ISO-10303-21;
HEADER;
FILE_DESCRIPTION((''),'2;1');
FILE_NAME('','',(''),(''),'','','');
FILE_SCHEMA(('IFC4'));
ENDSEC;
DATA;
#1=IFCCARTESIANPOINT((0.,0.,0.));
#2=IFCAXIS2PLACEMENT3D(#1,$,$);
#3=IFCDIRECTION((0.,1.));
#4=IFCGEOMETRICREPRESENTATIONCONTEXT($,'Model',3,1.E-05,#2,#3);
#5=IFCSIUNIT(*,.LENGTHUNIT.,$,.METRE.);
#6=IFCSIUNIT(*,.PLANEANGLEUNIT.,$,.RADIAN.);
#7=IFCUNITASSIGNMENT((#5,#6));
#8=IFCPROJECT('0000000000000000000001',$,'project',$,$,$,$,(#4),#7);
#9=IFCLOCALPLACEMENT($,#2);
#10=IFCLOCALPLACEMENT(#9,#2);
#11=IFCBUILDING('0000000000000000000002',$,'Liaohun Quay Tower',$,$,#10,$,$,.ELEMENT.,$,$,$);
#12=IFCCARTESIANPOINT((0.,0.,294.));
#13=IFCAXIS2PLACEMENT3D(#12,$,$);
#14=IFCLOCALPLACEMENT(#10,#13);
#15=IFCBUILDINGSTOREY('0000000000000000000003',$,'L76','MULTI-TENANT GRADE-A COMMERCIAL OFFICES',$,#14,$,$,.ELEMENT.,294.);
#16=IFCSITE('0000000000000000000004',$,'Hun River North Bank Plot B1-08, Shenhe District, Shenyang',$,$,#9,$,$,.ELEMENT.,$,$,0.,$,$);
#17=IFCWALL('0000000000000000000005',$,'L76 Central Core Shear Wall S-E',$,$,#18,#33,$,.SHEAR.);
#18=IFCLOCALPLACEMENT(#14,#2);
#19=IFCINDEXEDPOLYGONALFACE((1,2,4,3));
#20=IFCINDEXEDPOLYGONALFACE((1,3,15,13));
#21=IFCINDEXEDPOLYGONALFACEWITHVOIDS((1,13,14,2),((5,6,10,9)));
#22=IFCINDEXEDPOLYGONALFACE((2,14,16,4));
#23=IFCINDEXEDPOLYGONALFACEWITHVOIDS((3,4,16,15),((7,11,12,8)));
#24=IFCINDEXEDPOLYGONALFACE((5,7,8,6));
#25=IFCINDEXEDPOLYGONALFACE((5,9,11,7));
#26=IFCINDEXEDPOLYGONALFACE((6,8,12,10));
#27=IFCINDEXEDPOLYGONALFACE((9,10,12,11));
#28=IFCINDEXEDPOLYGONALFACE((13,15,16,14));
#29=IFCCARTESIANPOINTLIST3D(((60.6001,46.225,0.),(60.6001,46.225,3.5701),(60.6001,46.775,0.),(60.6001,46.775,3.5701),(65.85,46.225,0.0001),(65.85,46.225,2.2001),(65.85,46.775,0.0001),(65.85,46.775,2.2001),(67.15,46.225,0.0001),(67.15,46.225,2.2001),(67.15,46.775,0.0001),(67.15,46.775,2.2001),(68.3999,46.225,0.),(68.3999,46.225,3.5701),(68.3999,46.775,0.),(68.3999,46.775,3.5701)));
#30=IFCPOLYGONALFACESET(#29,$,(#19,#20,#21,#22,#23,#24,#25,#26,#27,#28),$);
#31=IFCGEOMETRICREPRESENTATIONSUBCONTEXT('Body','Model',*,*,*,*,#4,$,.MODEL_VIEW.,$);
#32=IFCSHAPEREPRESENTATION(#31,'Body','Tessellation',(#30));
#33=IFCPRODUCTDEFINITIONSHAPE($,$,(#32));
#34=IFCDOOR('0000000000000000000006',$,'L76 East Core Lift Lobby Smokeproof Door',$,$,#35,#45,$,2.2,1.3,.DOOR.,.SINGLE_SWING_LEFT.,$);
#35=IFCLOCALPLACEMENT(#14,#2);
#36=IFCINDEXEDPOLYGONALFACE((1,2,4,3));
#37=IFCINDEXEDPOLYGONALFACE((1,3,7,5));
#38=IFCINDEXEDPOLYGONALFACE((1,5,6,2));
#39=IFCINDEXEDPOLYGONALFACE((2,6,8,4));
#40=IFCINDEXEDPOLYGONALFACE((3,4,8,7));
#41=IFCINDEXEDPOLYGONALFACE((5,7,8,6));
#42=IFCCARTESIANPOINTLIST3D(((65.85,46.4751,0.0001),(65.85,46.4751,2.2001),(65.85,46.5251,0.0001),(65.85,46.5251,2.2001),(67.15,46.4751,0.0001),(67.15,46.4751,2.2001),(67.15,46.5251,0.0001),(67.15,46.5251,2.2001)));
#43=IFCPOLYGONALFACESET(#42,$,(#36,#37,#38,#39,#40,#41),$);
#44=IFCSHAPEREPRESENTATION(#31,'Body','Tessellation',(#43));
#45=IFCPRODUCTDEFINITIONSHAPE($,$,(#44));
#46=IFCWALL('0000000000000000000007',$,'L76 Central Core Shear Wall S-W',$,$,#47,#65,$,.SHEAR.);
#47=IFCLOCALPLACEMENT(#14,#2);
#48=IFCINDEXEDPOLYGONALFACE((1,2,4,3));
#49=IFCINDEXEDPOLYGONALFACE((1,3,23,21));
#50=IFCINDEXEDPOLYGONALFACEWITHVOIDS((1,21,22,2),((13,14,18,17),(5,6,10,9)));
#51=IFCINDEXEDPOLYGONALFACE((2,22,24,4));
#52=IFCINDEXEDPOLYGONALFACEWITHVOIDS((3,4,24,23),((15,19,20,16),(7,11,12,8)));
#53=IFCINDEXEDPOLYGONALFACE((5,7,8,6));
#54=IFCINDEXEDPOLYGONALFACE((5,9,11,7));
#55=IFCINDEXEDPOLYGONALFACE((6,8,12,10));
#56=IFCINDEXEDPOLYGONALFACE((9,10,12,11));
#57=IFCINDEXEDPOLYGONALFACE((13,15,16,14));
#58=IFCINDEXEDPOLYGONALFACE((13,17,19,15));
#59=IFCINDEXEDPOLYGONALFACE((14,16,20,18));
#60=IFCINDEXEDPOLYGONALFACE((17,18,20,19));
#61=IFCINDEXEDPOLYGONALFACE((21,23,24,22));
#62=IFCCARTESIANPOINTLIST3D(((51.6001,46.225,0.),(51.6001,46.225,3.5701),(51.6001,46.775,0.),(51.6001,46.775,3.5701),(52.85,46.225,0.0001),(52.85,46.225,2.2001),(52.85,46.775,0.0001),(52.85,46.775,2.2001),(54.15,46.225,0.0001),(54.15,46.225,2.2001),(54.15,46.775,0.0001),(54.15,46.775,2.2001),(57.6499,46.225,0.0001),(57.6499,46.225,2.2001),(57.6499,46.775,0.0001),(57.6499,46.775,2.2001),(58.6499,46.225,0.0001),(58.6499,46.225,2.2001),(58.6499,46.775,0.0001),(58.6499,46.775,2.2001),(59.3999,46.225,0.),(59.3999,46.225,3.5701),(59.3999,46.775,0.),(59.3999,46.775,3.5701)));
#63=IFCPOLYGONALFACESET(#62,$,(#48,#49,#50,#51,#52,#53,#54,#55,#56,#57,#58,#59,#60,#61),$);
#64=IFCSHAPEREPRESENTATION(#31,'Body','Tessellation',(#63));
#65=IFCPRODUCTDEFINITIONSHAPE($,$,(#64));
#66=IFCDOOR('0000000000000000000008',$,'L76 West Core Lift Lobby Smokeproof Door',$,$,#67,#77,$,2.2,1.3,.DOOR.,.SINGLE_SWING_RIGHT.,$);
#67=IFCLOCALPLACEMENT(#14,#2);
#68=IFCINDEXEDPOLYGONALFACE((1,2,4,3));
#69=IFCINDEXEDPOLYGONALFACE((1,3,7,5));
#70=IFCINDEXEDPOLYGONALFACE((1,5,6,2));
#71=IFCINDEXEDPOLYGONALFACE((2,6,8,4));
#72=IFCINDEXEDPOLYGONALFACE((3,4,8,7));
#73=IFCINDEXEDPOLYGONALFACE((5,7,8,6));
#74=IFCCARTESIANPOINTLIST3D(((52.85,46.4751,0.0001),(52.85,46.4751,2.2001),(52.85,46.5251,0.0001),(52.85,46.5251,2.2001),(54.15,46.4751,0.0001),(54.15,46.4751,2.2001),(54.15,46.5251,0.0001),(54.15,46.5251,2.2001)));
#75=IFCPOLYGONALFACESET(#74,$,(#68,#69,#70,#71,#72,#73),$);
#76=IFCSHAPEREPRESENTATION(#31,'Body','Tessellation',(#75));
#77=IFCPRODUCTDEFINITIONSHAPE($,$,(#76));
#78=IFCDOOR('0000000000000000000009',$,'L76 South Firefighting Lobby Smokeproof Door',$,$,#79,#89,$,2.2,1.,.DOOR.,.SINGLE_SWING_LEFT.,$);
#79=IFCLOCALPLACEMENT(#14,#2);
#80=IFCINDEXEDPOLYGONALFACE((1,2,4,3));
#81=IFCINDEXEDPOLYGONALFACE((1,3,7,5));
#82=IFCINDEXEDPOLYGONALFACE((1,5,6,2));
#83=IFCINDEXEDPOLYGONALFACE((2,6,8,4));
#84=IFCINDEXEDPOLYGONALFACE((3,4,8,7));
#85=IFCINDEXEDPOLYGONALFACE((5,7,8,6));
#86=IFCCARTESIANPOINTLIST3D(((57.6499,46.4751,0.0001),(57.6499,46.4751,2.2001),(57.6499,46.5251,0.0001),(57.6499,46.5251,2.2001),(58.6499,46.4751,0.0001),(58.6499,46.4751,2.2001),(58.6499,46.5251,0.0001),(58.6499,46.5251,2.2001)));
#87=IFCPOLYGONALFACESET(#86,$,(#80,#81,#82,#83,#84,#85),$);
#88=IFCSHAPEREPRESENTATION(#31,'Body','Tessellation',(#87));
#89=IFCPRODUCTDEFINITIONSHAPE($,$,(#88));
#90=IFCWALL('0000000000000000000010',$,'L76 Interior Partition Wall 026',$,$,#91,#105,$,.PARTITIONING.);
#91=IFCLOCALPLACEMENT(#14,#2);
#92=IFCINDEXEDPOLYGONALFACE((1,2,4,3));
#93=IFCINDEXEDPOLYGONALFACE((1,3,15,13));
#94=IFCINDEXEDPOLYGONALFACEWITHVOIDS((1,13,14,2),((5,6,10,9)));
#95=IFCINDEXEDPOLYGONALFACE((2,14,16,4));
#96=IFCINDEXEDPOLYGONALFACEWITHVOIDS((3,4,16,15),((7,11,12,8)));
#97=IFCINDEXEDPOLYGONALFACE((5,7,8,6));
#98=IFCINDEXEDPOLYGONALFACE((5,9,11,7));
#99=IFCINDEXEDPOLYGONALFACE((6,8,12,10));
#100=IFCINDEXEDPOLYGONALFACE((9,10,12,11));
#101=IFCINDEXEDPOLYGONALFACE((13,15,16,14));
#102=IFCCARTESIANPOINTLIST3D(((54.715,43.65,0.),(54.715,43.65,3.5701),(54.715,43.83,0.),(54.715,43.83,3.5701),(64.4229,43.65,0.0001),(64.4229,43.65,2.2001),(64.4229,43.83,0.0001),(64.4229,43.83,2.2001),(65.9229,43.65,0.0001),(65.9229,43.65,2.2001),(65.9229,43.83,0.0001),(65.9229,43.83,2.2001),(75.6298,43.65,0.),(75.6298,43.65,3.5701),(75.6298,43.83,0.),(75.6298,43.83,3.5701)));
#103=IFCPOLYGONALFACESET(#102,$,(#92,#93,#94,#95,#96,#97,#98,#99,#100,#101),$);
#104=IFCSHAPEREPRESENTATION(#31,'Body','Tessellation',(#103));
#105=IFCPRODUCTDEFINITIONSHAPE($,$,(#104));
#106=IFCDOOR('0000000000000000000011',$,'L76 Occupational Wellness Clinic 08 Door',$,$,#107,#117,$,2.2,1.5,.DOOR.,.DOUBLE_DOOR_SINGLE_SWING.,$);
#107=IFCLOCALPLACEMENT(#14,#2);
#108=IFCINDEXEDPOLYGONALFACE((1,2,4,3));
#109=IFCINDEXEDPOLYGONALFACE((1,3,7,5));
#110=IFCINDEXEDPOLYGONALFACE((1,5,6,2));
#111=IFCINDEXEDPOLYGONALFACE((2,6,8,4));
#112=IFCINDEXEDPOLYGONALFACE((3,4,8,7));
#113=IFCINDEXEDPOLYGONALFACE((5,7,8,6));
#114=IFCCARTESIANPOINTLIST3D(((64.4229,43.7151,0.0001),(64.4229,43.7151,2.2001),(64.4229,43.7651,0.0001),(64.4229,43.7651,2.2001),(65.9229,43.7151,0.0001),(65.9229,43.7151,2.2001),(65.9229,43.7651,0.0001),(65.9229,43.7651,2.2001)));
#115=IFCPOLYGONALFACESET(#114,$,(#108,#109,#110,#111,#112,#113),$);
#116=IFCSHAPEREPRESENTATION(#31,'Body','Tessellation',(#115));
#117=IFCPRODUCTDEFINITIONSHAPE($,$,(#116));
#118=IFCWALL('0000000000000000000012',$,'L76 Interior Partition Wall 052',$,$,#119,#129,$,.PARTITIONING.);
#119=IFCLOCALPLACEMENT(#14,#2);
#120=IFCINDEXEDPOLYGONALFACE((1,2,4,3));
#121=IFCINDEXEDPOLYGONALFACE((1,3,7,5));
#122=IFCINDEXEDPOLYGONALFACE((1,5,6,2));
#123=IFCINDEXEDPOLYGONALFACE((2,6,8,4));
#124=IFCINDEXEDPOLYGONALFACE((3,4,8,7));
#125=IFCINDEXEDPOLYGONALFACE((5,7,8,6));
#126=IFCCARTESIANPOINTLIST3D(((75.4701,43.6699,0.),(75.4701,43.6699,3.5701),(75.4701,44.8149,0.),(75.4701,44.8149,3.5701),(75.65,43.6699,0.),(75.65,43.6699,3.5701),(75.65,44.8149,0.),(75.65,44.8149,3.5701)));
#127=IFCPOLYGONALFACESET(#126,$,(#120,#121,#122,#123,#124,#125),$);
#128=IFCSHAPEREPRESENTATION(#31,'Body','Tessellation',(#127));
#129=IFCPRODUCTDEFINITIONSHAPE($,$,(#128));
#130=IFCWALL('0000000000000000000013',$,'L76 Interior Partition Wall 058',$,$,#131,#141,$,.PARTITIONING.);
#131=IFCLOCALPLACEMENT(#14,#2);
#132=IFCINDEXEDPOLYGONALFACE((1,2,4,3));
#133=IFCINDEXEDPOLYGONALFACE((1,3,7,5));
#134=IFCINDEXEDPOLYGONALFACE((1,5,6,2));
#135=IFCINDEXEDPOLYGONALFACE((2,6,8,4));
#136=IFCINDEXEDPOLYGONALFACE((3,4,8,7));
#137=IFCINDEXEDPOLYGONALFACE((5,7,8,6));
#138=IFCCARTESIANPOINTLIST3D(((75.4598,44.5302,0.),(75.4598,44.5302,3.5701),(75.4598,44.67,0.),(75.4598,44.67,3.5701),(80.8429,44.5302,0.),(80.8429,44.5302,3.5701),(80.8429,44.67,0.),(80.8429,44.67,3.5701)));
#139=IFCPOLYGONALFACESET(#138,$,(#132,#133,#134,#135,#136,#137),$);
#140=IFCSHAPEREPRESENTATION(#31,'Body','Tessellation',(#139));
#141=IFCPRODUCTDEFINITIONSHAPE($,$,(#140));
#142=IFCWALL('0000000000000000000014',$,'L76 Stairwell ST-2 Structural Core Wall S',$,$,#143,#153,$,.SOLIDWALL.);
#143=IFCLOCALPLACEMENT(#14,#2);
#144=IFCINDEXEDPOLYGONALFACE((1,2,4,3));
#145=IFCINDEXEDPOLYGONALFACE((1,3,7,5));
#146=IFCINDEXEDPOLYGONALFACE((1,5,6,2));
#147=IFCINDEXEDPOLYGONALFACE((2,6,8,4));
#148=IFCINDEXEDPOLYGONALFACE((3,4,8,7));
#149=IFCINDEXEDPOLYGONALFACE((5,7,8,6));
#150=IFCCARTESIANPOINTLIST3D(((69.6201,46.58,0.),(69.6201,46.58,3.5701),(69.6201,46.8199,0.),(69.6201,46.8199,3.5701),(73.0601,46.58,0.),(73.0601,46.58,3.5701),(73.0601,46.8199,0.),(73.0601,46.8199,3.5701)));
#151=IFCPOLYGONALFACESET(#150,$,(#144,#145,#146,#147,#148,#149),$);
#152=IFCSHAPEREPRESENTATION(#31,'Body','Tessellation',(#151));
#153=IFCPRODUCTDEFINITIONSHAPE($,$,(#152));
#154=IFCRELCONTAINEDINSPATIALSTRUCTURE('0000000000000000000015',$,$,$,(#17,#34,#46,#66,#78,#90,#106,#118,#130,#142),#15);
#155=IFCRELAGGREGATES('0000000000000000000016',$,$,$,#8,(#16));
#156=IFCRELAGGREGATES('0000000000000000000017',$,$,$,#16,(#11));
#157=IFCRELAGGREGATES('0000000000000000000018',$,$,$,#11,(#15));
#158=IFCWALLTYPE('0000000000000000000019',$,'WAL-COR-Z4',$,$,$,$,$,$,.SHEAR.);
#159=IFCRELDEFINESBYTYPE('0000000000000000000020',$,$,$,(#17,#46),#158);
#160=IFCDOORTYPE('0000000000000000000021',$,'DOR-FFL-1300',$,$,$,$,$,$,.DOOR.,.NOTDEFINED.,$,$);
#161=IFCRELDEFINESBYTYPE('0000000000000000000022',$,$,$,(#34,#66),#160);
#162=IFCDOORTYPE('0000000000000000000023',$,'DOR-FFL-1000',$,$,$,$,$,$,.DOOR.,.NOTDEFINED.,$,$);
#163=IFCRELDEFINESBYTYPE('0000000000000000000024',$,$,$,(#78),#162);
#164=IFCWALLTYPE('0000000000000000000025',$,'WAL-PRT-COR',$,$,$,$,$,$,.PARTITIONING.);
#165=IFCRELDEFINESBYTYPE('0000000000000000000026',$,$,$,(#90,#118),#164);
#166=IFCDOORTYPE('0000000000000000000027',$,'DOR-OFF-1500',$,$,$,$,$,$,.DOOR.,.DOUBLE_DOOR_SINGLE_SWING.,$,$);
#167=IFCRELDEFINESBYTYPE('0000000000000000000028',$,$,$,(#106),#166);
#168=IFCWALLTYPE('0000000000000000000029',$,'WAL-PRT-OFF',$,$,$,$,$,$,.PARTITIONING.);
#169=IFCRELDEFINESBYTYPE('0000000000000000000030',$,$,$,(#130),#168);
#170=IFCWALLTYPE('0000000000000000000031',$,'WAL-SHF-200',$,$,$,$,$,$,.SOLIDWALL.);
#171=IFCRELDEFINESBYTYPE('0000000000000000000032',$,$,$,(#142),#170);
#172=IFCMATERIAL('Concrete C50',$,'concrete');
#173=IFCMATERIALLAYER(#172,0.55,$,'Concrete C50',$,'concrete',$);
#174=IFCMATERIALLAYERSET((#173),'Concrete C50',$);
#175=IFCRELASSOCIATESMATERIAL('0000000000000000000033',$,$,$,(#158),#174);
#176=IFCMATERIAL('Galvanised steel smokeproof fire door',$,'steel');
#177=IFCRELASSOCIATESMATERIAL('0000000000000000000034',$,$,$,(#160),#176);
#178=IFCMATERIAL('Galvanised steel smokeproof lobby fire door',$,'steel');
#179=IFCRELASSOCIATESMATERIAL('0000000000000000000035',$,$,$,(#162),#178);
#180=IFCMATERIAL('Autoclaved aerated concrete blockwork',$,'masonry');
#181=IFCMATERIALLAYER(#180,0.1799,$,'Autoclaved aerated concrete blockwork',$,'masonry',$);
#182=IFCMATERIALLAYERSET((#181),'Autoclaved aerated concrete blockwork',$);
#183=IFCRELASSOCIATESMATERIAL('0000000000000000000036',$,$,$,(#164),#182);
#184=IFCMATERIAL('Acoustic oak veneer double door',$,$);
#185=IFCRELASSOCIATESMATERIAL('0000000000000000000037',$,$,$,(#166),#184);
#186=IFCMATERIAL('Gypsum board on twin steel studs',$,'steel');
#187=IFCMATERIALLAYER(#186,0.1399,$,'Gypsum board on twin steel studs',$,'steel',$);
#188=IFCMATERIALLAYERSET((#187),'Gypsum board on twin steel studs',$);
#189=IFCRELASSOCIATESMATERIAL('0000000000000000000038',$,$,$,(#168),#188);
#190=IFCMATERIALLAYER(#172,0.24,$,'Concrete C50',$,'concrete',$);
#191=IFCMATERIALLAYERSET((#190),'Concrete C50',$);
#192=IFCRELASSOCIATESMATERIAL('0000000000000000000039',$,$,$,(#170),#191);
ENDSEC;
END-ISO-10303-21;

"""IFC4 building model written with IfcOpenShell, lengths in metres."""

from ifc_helpers import new_model, si_unit, direction, frame, frame_2d, origin, place, context, subcontext, project, spatial, rectangle, extrude, source, transform, mapped, material, layer, layer_set, type_object, element, fill, save


model = new_model("IFC4")

# Units and contexts
model_context = context("Model", 3, precision=1e-05, world=origin(), true_north=direction((0.0, 1.0)))
body_context = subcontext(model_context, "Body", "Model", "MODEL_VIEW")
ifc_project = project(units=[si_unit("LENGTHUNIT", "METRE"), si_unit("PLANEANGLEUNIT", "RADIAN")], contexts=[model_context])

# Site, building, storey
site_placement = place(None, origin())
site = spatial("IfcSite", under=ifc_project, at=site_placement, Name="Hun River North Bank Plot B1-08, Shenhe District, Shenyang", CompositionType="ELEMENT", RefElevation=0.0)
building_placement = place(site_placement, origin())
building = spatial("IfcBuilding", under=site, at=building_placement, Name="Liaohun Quay Tower", CompositionType="ELEMENT")
storey_placement = place(building_placement, frame((0.0, 0.0, 294.0)))
storey = spatial("IfcBuildingStorey", under=building, at=storey_placement, Name="L76", Description="MULTI-TENANT GRADE-A COMMERCIAL OFFICES", CompositionType="ELEMENT", Elevation=294.0)

# Shared definitions
ifc_material_1 = material(Name="Concrete C50", Category="concrete")

# Wall, opening, door
ifc_layer_1 = layer(ifc_material_1, 0.55, Name="Concrete C50", Category="concrete")
ifc_layer_set_1 = layer_set([ifc_layer_1], Name="Concrete C50")
wall_type_1 = type_object("IfcWallType", Name="WAL-COR-Z4", PredefinedType="SHEAR", material=ifc_layer_set_1)
wall_1_placement = place(storey_placement, frame((68.3999, 46.5, 0.0), z_axis=(0.0, 0.0, 1.0), x_axis=(-1.0, 0.0, 0.0)))
wall_1 = element("IfcWall", 1, at=wall_1_placement, inside=storey, type_object=wall_type_1, Name="L76 Central Core Shear Wall S-E", PredefinedType="SHEAR", context=body_context, shape_type="SweptSolid", body=[
    extrude(rectangle(XDim=7.7998, YDim=0.55, at=frame_2d((3.8999, 0.0))), origin(), (0.0, 0.0, 1.0), 3.5701),
])
shared_shape_1 = source(origin(), body_context, "Body", "SweptSolid", [
    extrude(rectangle(XDim=1.3, YDim=2.2, at=frame_2d((0.6499, 1.1001))), frame((0.0, 0.2849, 0.0), z_axis=(0.0, -1.0, 0.0), x_axis=(1.0, 0.0, 0.0)), (0.0, 0.0, 1.0), 0.5701),
])
opening_1_placement = place(wall_1_placement, frame((1.25, 0.0, 0.0)))
opening_1 = element("IfcOpeningElement", 2, at=opening_1_placement, cuts=wall_1, PredefinedType="OPENING", context=body_context, shape_type="MappedRepresentation", body=[
    mapped(shared_shape_1, transform((0.0, 0.0, 0.0), x_axis=(1.0, 0.0, 0.0), y_axis=(0.0, 1.0, 0.0), z_axis=(0.0, 0.0, 1.0), scale=1.0)),
])
ifc_material_2 = material(Name="Galvanised steel smokeproof fire door", Category="steel")
door_type_1 = type_object("IfcDoorType", Name="DOR-FFL-1300", OperationType="NOTDEFINED", PredefinedType="DOOR", material=ifc_material_2)
shared_shape_2 = source(origin(), body_context, "Body", "SweptSolid", [
    extrude(rectangle(XDim=1.3, YDim=2.2, at=frame_2d((0.6499, 1.1001))), frame((0.0, 0.0249, 0.0), z_axis=(0.0, -1.0, 0.0), x_axis=(1.0, 0.0, 0.0)), (0.0, 0.0, 1.0), 0.05),
])
door_1_placement = place(opening_1_placement, origin())
door_1 = element("IfcDoor", 3, at=door_1_placement, inside=storey, type_object=door_type_1, Name="L76 East Core Lift Lobby Smokeproof Door", OperationType="SINGLE_SWING_LEFT", OverallHeight=2.2, OverallWidth=1.3, PredefinedType="DOOR", context=body_context, shape_type="MappedRepresentation", body=[
    mapped(shared_shape_2, transform((0.0, 0.0, 0.0), x_axis=(1.0, 0.0, 0.0), y_axis=(0.0, 1.0, 0.0), z_axis=(0.0, 0.0, 1.0), scale=1.0)),
])
fill(opening_1, door_1)

# Wall, openings, doors
wall_2_placement = place(storey_placement, frame((59.3999, 46.5, 0.0), z_axis=(0.0, 0.0, 1.0), x_axis=(-1.0, 0.0, 0.0)))
wall_2 = element("IfcWall", 4, at=wall_2_placement, inside=storey, type_object=wall_type_1, Name="L76 Central Core Shear Wall S-W", PredefinedType="SHEAR", context=body_context, shape_type="SweptSolid", body=[
    extrude(rectangle(XDim=7.7998, YDim=0.55, at=frame_2d((3.8999, 0.0))), origin(), (0.0, 0.0, 1.0), 3.5701),
])
opening_2_placement = place(wall_2_placement, frame((5.25, 0.0, 0.0)))
opening_2 = element("IfcOpeningElement", 5, at=opening_2_placement, cuts=wall_2, PredefinedType="OPENING", context=body_context, shape_type="MappedRepresentation", body=[
    mapped(shared_shape_1, transform((0.0, 0.0, 0.0), x_axis=(1.0, 0.0, 0.0), y_axis=(0.0, 1.0, 0.0), z_axis=(0.0, 0.0, 1.0), scale=1.0)),
])
shared_shape_3 = source(origin(), body_context, "Body", "SweptSolid", [
    extrude(rectangle(XDim=1.0, YDim=2.2, at=frame_2d((0.5, 1.1001))), frame((0.0, 0.2849, 0.0), z_axis=(0.0, -1.0, 0.0), x_axis=(1.0, 0.0, 0.0)), (0.0, 0.0, 1.0), 0.5701),
])
opening_3_placement = place(wall_2_placement, frame((0.75, 0.0, 0.0)))
opening_3 = element("IfcOpeningElement", 6, at=opening_3_placement, cuts=wall_2, PredefinedType="OPENING", context=body_context, shape_type="MappedRepresentation", body=[
    mapped(shared_shape_3, transform((0.0, 0.0, 0.0), x_axis=(1.0, 0.0, 0.0), y_axis=(0.0, 1.0, 0.0), z_axis=(0.0, 0.0, 1.0), scale=1.0)),
])
door_2_placement = place(opening_2_placement, origin())
door_2 = element("IfcDoor", 7, at=door_2_placement, inside=storey, type_object=door_type_1, Name="L76 West Core Lift Lobby Smokeproof Door", OperationType="SINGLE_SWING_RIGHT", OverallHeight=2.2, OverallWidth=1.3, PredefinedType="DOOR", context=body_context, shape_type="MappedRepresentation", body=[
    mapped(shared_shape_2, transform((0.0, 0.0, 0.0), x_axis=(1.0, 0.0, 0.0), y_axis=(0.0, 1.0, 0.0), z_axis=(0.0, 0.0, 1.0), scale=1.0)),
])
fill(opening_2, door_2)
ifc_material_3 = material(Name="Galvanised steel smokeproof lobby fire door", Category="steel")
door_type_2 = type_object("IfcDoorType", Name="DOR-FFL-1000", OperationType="NOTDEFINED", PredefinedType="DOOR", material=ifc_material_3)
shared_shape_4 = source(origin(), body_context, "Body", "SweptSolid", [
    extrude(rectangle(XDim=1.0, YDim=2.2, at=frame_2d((0.5, 1.1001))), frame((0.0, 0.0249, 0.0), z_axis=(0.0, -1.0, 0.0), x_axis=(1.0, 0.0, 0.0)), (0.0, 0.0, 1.0), 0.05),
])
door_3_placement = place(opening_3_placement, origin())
door_3 = element("IfcDoor", 8, at=door_3_placement, inside=storey, type_object=door_type_2, Name="L76 South Firefighting Lobby Smokeproof Door", OperationType="SINGLE_SWING_LEFT", OverallHeight=2.2, OverallWidth=1.0, PredefinedType="DOOR", context=body_context, shape_type="MappedRepresentation", body=[
    mapped(shared_shape_4, transform((0.0, 0.0, 0.0), x_axis=(1.0, 0.0, 0.0), y_axis=(0.0, 1.0, 0.0), z_axis=(0.0, 0.0, 1.0), scale=1.0)),
])
fill(opening_3, door_3)

# Wall, opening, door
ifc_material_4 = material(Name="Autoclaved aerated concrete blockwork", Category="masonry")
ifc_layer_2 = layer(ifc_material_4, 0.1799, Name="Autoclaved aerated concrete blockwork", Category="masonry")
ifc_layer_set_2 = layer_set([ifc_layer_2], Name="Autoclaved aerated concrete blockwork")
wall_type_2 = type_object("IfcWallType", Name="WAL-PRT-COR", PredefinedType="PARTITIONING", material=ifc_layer_set_2)
wall_3_placement = place(storey_placement, frame((75.6299, 43.74, 0.0), z_axis=(0.0, 0.0, 1.0), x_axis=(-1.0, 0.0, 0.0)))
wall_3 = element("IfcWall", 9, at=wall_3_placement, inside=storey, type_object=wall_type_2, Name="L76 Interior Partition Wall 026", PredefinedType="PARTITIONING", context=body_context, shape_type="SweptSolid", body=[
    extrude(rectangle(XDim=20.9148, YDim=0.1799, at=frame_2d((10.4575, 0.0))), origin(), (0.0, 0.0, 1.0), 3.5701),
])
shared_shape_5 = source(origin(), body_context, "Body", "SweptSolid", [
    extrude(rectangle(XDim=1.5, YDim=2.2, at=frame_2d((0.75, 1.1001))), frame((0.0, 0.0999, 0.0), z_axis=(0.0, -1.0, 0.0), x_axis=(1.0, 0.0, 0.0)), (0.0, 0.0, 1.0), 0.2),
])
opening_4_placement = place(wall_3_placement, frame((9.707, 0.0, 0.0)))
opening_4 = element("IfcOpeningElement", 10, at=opening_4_placement, cuts=wall_3, PredefinedType="OPENING", context=body_context, shape_type="MappedRepresentation", body=[
    mapped(shared_shape_5, transform((0.0, 0.0, 0.0), x_axis=(1.0, 0.0, 0.0), y_axis=(0.0, 1.0, 0.0), z_axis=(0.0, 0.0, 1.0), scale=1.0)),
])
ifc_material_5 = material(Name="Acoustic oak veneer double door")
door_type_3 = type_object("IfcDoorType", Name="DOR-OFF-1500", OperationType="DOUBLE_DOOR_SINGLE_SWING", PredefinedType="DOOR", material=ifc_material_5)
shared_shape_6 = source(origin(), body_context, "Body", "SweptSolid", [
    extrude(rectangle(XDim=1.5, YDim=2.2, at=frame_2d((0.75, 1.1001))), frame((0.0, 0.0249, 0.0), z_axis=(0.0, -1.0, 0.0), x_axis=(1.0, 0.0, 0.0)), (0.0, 0.0, 1.0), 0.05),
])
door_4_placement = place(opening_4_placement, origin())
door_4 = element("IfcDoor", 11, at=door_4_placement, inside=storey, type_object=door_type_3, Name="L76 Occupational Wellness Clinic 08 Door", OperationType="DOUBLE_DOOR_SINGLE_SWING", OverallHeight=2.2, OverallWidth=1.5, PredefinedType="DOOR", context=body_context, shape_type="MappedRepresentation", body=[
    mapped(shared_shape_6, transform((0.0, 0.0, 0.0), x_axis=(1.0, 0.0, 0.0), y_axis=(0.0, 1.0, 0.0), z_axis=(0.0, 0.0, 1.0), scale=1.0)),
])
fill(opening_4, door_4)

# Walls
wall_4_placement = place(storey_placement, frame((75.5601, 44.8149, 0.0), z_axis=(0.0, 0.0, 1.0), x_axis=(0.0, -1.0, 0.0)))
element("IfcWall", 12, at=wall_4_placement, inside=storey, type_object=wall_type_2, Name="L76 Interior Partition Wall 052", PredefinedType="PARTITIONING", context=body_context, shape_type="SweptSolid", body=[
    extrude(rectangle(XDim=1.145, YDim=0.1799, at=frame_2d((0.5725, 0.0))), origin(), (0.0, 0.0, 1.0), 3.5701),
])
ifc_material_6 = material(Name="Gypsum board on twin steel studs", Category="steel")
ifc_layer_3 = layer(ifc_material_6, 0.1399, Name="Gypsum board on twin steel studs", Category="steel")
ifc_layer_set_3 = layer_set([ifc_layer_3], Name="Gypsum board on twin steel studs")
wall_type_3 = type_object("IfcWallType", Name="WAL-PRT-OFF", PredefinedType="PARTITIONING", material=ifc_layer_set_3)
wall_5_placement = place(storey_placement, frame((75.46, 44.6001, 0.0), z_axis=(0.0, 0.0, 1.0), x_axis=(1.0, 0.0, 0.0)))
element("IfcWall", 13, at=wall_5_placement, inside=storey, type_object=wall_type_3, Name="L76 Interior Partition Wall 058", PredefinedType="PARTITIONING", context=body_context, shape_type="SweptSolid", body=[
    extrude(rectangle(XDim=5.3831, YDim=0.1399, at=frame_2d((2.6914, 0.0))), origin(), (0.0, 0.0, 1.0), 3.5701),
])
ifc_layer_4 = layer(ifc_material_1, 0.24, Name="Concrete C50", Category="concrete")
ifc_layer_set_4 = layer_set([ifc_layer_4], Name="Concrete C50")
wall_type_4 = type_object("IfcWallType", Name="WAL-SHF-200", PredefinedType="SOLIDWALL", material=ifc_layer_set_4)
wall_6_placement = place(storey_placement, frame((69.6201, 46.7, 0.0), z_axis=(0.0, 0.0, 1.0), x_axis=(1.0, 0.0, 0.0)))
element("IfcWall", 14, at=wall_6_placement, inside=storey, type_object=wall_type_4, Name="L76 Stairwell ST-2 Structural Core Wall S", PredefinedType="SOLIDWALL", context=body_context, shape_type="SweptSolid", body=[
    extrude(rectangle(XDim=3.4399, YDim=0.24, at=frame_2d((1.72, 0.0))), origin(), (0.0, 0.0, 1.0), 3.5701),
])

save(model, "model.ifc")
